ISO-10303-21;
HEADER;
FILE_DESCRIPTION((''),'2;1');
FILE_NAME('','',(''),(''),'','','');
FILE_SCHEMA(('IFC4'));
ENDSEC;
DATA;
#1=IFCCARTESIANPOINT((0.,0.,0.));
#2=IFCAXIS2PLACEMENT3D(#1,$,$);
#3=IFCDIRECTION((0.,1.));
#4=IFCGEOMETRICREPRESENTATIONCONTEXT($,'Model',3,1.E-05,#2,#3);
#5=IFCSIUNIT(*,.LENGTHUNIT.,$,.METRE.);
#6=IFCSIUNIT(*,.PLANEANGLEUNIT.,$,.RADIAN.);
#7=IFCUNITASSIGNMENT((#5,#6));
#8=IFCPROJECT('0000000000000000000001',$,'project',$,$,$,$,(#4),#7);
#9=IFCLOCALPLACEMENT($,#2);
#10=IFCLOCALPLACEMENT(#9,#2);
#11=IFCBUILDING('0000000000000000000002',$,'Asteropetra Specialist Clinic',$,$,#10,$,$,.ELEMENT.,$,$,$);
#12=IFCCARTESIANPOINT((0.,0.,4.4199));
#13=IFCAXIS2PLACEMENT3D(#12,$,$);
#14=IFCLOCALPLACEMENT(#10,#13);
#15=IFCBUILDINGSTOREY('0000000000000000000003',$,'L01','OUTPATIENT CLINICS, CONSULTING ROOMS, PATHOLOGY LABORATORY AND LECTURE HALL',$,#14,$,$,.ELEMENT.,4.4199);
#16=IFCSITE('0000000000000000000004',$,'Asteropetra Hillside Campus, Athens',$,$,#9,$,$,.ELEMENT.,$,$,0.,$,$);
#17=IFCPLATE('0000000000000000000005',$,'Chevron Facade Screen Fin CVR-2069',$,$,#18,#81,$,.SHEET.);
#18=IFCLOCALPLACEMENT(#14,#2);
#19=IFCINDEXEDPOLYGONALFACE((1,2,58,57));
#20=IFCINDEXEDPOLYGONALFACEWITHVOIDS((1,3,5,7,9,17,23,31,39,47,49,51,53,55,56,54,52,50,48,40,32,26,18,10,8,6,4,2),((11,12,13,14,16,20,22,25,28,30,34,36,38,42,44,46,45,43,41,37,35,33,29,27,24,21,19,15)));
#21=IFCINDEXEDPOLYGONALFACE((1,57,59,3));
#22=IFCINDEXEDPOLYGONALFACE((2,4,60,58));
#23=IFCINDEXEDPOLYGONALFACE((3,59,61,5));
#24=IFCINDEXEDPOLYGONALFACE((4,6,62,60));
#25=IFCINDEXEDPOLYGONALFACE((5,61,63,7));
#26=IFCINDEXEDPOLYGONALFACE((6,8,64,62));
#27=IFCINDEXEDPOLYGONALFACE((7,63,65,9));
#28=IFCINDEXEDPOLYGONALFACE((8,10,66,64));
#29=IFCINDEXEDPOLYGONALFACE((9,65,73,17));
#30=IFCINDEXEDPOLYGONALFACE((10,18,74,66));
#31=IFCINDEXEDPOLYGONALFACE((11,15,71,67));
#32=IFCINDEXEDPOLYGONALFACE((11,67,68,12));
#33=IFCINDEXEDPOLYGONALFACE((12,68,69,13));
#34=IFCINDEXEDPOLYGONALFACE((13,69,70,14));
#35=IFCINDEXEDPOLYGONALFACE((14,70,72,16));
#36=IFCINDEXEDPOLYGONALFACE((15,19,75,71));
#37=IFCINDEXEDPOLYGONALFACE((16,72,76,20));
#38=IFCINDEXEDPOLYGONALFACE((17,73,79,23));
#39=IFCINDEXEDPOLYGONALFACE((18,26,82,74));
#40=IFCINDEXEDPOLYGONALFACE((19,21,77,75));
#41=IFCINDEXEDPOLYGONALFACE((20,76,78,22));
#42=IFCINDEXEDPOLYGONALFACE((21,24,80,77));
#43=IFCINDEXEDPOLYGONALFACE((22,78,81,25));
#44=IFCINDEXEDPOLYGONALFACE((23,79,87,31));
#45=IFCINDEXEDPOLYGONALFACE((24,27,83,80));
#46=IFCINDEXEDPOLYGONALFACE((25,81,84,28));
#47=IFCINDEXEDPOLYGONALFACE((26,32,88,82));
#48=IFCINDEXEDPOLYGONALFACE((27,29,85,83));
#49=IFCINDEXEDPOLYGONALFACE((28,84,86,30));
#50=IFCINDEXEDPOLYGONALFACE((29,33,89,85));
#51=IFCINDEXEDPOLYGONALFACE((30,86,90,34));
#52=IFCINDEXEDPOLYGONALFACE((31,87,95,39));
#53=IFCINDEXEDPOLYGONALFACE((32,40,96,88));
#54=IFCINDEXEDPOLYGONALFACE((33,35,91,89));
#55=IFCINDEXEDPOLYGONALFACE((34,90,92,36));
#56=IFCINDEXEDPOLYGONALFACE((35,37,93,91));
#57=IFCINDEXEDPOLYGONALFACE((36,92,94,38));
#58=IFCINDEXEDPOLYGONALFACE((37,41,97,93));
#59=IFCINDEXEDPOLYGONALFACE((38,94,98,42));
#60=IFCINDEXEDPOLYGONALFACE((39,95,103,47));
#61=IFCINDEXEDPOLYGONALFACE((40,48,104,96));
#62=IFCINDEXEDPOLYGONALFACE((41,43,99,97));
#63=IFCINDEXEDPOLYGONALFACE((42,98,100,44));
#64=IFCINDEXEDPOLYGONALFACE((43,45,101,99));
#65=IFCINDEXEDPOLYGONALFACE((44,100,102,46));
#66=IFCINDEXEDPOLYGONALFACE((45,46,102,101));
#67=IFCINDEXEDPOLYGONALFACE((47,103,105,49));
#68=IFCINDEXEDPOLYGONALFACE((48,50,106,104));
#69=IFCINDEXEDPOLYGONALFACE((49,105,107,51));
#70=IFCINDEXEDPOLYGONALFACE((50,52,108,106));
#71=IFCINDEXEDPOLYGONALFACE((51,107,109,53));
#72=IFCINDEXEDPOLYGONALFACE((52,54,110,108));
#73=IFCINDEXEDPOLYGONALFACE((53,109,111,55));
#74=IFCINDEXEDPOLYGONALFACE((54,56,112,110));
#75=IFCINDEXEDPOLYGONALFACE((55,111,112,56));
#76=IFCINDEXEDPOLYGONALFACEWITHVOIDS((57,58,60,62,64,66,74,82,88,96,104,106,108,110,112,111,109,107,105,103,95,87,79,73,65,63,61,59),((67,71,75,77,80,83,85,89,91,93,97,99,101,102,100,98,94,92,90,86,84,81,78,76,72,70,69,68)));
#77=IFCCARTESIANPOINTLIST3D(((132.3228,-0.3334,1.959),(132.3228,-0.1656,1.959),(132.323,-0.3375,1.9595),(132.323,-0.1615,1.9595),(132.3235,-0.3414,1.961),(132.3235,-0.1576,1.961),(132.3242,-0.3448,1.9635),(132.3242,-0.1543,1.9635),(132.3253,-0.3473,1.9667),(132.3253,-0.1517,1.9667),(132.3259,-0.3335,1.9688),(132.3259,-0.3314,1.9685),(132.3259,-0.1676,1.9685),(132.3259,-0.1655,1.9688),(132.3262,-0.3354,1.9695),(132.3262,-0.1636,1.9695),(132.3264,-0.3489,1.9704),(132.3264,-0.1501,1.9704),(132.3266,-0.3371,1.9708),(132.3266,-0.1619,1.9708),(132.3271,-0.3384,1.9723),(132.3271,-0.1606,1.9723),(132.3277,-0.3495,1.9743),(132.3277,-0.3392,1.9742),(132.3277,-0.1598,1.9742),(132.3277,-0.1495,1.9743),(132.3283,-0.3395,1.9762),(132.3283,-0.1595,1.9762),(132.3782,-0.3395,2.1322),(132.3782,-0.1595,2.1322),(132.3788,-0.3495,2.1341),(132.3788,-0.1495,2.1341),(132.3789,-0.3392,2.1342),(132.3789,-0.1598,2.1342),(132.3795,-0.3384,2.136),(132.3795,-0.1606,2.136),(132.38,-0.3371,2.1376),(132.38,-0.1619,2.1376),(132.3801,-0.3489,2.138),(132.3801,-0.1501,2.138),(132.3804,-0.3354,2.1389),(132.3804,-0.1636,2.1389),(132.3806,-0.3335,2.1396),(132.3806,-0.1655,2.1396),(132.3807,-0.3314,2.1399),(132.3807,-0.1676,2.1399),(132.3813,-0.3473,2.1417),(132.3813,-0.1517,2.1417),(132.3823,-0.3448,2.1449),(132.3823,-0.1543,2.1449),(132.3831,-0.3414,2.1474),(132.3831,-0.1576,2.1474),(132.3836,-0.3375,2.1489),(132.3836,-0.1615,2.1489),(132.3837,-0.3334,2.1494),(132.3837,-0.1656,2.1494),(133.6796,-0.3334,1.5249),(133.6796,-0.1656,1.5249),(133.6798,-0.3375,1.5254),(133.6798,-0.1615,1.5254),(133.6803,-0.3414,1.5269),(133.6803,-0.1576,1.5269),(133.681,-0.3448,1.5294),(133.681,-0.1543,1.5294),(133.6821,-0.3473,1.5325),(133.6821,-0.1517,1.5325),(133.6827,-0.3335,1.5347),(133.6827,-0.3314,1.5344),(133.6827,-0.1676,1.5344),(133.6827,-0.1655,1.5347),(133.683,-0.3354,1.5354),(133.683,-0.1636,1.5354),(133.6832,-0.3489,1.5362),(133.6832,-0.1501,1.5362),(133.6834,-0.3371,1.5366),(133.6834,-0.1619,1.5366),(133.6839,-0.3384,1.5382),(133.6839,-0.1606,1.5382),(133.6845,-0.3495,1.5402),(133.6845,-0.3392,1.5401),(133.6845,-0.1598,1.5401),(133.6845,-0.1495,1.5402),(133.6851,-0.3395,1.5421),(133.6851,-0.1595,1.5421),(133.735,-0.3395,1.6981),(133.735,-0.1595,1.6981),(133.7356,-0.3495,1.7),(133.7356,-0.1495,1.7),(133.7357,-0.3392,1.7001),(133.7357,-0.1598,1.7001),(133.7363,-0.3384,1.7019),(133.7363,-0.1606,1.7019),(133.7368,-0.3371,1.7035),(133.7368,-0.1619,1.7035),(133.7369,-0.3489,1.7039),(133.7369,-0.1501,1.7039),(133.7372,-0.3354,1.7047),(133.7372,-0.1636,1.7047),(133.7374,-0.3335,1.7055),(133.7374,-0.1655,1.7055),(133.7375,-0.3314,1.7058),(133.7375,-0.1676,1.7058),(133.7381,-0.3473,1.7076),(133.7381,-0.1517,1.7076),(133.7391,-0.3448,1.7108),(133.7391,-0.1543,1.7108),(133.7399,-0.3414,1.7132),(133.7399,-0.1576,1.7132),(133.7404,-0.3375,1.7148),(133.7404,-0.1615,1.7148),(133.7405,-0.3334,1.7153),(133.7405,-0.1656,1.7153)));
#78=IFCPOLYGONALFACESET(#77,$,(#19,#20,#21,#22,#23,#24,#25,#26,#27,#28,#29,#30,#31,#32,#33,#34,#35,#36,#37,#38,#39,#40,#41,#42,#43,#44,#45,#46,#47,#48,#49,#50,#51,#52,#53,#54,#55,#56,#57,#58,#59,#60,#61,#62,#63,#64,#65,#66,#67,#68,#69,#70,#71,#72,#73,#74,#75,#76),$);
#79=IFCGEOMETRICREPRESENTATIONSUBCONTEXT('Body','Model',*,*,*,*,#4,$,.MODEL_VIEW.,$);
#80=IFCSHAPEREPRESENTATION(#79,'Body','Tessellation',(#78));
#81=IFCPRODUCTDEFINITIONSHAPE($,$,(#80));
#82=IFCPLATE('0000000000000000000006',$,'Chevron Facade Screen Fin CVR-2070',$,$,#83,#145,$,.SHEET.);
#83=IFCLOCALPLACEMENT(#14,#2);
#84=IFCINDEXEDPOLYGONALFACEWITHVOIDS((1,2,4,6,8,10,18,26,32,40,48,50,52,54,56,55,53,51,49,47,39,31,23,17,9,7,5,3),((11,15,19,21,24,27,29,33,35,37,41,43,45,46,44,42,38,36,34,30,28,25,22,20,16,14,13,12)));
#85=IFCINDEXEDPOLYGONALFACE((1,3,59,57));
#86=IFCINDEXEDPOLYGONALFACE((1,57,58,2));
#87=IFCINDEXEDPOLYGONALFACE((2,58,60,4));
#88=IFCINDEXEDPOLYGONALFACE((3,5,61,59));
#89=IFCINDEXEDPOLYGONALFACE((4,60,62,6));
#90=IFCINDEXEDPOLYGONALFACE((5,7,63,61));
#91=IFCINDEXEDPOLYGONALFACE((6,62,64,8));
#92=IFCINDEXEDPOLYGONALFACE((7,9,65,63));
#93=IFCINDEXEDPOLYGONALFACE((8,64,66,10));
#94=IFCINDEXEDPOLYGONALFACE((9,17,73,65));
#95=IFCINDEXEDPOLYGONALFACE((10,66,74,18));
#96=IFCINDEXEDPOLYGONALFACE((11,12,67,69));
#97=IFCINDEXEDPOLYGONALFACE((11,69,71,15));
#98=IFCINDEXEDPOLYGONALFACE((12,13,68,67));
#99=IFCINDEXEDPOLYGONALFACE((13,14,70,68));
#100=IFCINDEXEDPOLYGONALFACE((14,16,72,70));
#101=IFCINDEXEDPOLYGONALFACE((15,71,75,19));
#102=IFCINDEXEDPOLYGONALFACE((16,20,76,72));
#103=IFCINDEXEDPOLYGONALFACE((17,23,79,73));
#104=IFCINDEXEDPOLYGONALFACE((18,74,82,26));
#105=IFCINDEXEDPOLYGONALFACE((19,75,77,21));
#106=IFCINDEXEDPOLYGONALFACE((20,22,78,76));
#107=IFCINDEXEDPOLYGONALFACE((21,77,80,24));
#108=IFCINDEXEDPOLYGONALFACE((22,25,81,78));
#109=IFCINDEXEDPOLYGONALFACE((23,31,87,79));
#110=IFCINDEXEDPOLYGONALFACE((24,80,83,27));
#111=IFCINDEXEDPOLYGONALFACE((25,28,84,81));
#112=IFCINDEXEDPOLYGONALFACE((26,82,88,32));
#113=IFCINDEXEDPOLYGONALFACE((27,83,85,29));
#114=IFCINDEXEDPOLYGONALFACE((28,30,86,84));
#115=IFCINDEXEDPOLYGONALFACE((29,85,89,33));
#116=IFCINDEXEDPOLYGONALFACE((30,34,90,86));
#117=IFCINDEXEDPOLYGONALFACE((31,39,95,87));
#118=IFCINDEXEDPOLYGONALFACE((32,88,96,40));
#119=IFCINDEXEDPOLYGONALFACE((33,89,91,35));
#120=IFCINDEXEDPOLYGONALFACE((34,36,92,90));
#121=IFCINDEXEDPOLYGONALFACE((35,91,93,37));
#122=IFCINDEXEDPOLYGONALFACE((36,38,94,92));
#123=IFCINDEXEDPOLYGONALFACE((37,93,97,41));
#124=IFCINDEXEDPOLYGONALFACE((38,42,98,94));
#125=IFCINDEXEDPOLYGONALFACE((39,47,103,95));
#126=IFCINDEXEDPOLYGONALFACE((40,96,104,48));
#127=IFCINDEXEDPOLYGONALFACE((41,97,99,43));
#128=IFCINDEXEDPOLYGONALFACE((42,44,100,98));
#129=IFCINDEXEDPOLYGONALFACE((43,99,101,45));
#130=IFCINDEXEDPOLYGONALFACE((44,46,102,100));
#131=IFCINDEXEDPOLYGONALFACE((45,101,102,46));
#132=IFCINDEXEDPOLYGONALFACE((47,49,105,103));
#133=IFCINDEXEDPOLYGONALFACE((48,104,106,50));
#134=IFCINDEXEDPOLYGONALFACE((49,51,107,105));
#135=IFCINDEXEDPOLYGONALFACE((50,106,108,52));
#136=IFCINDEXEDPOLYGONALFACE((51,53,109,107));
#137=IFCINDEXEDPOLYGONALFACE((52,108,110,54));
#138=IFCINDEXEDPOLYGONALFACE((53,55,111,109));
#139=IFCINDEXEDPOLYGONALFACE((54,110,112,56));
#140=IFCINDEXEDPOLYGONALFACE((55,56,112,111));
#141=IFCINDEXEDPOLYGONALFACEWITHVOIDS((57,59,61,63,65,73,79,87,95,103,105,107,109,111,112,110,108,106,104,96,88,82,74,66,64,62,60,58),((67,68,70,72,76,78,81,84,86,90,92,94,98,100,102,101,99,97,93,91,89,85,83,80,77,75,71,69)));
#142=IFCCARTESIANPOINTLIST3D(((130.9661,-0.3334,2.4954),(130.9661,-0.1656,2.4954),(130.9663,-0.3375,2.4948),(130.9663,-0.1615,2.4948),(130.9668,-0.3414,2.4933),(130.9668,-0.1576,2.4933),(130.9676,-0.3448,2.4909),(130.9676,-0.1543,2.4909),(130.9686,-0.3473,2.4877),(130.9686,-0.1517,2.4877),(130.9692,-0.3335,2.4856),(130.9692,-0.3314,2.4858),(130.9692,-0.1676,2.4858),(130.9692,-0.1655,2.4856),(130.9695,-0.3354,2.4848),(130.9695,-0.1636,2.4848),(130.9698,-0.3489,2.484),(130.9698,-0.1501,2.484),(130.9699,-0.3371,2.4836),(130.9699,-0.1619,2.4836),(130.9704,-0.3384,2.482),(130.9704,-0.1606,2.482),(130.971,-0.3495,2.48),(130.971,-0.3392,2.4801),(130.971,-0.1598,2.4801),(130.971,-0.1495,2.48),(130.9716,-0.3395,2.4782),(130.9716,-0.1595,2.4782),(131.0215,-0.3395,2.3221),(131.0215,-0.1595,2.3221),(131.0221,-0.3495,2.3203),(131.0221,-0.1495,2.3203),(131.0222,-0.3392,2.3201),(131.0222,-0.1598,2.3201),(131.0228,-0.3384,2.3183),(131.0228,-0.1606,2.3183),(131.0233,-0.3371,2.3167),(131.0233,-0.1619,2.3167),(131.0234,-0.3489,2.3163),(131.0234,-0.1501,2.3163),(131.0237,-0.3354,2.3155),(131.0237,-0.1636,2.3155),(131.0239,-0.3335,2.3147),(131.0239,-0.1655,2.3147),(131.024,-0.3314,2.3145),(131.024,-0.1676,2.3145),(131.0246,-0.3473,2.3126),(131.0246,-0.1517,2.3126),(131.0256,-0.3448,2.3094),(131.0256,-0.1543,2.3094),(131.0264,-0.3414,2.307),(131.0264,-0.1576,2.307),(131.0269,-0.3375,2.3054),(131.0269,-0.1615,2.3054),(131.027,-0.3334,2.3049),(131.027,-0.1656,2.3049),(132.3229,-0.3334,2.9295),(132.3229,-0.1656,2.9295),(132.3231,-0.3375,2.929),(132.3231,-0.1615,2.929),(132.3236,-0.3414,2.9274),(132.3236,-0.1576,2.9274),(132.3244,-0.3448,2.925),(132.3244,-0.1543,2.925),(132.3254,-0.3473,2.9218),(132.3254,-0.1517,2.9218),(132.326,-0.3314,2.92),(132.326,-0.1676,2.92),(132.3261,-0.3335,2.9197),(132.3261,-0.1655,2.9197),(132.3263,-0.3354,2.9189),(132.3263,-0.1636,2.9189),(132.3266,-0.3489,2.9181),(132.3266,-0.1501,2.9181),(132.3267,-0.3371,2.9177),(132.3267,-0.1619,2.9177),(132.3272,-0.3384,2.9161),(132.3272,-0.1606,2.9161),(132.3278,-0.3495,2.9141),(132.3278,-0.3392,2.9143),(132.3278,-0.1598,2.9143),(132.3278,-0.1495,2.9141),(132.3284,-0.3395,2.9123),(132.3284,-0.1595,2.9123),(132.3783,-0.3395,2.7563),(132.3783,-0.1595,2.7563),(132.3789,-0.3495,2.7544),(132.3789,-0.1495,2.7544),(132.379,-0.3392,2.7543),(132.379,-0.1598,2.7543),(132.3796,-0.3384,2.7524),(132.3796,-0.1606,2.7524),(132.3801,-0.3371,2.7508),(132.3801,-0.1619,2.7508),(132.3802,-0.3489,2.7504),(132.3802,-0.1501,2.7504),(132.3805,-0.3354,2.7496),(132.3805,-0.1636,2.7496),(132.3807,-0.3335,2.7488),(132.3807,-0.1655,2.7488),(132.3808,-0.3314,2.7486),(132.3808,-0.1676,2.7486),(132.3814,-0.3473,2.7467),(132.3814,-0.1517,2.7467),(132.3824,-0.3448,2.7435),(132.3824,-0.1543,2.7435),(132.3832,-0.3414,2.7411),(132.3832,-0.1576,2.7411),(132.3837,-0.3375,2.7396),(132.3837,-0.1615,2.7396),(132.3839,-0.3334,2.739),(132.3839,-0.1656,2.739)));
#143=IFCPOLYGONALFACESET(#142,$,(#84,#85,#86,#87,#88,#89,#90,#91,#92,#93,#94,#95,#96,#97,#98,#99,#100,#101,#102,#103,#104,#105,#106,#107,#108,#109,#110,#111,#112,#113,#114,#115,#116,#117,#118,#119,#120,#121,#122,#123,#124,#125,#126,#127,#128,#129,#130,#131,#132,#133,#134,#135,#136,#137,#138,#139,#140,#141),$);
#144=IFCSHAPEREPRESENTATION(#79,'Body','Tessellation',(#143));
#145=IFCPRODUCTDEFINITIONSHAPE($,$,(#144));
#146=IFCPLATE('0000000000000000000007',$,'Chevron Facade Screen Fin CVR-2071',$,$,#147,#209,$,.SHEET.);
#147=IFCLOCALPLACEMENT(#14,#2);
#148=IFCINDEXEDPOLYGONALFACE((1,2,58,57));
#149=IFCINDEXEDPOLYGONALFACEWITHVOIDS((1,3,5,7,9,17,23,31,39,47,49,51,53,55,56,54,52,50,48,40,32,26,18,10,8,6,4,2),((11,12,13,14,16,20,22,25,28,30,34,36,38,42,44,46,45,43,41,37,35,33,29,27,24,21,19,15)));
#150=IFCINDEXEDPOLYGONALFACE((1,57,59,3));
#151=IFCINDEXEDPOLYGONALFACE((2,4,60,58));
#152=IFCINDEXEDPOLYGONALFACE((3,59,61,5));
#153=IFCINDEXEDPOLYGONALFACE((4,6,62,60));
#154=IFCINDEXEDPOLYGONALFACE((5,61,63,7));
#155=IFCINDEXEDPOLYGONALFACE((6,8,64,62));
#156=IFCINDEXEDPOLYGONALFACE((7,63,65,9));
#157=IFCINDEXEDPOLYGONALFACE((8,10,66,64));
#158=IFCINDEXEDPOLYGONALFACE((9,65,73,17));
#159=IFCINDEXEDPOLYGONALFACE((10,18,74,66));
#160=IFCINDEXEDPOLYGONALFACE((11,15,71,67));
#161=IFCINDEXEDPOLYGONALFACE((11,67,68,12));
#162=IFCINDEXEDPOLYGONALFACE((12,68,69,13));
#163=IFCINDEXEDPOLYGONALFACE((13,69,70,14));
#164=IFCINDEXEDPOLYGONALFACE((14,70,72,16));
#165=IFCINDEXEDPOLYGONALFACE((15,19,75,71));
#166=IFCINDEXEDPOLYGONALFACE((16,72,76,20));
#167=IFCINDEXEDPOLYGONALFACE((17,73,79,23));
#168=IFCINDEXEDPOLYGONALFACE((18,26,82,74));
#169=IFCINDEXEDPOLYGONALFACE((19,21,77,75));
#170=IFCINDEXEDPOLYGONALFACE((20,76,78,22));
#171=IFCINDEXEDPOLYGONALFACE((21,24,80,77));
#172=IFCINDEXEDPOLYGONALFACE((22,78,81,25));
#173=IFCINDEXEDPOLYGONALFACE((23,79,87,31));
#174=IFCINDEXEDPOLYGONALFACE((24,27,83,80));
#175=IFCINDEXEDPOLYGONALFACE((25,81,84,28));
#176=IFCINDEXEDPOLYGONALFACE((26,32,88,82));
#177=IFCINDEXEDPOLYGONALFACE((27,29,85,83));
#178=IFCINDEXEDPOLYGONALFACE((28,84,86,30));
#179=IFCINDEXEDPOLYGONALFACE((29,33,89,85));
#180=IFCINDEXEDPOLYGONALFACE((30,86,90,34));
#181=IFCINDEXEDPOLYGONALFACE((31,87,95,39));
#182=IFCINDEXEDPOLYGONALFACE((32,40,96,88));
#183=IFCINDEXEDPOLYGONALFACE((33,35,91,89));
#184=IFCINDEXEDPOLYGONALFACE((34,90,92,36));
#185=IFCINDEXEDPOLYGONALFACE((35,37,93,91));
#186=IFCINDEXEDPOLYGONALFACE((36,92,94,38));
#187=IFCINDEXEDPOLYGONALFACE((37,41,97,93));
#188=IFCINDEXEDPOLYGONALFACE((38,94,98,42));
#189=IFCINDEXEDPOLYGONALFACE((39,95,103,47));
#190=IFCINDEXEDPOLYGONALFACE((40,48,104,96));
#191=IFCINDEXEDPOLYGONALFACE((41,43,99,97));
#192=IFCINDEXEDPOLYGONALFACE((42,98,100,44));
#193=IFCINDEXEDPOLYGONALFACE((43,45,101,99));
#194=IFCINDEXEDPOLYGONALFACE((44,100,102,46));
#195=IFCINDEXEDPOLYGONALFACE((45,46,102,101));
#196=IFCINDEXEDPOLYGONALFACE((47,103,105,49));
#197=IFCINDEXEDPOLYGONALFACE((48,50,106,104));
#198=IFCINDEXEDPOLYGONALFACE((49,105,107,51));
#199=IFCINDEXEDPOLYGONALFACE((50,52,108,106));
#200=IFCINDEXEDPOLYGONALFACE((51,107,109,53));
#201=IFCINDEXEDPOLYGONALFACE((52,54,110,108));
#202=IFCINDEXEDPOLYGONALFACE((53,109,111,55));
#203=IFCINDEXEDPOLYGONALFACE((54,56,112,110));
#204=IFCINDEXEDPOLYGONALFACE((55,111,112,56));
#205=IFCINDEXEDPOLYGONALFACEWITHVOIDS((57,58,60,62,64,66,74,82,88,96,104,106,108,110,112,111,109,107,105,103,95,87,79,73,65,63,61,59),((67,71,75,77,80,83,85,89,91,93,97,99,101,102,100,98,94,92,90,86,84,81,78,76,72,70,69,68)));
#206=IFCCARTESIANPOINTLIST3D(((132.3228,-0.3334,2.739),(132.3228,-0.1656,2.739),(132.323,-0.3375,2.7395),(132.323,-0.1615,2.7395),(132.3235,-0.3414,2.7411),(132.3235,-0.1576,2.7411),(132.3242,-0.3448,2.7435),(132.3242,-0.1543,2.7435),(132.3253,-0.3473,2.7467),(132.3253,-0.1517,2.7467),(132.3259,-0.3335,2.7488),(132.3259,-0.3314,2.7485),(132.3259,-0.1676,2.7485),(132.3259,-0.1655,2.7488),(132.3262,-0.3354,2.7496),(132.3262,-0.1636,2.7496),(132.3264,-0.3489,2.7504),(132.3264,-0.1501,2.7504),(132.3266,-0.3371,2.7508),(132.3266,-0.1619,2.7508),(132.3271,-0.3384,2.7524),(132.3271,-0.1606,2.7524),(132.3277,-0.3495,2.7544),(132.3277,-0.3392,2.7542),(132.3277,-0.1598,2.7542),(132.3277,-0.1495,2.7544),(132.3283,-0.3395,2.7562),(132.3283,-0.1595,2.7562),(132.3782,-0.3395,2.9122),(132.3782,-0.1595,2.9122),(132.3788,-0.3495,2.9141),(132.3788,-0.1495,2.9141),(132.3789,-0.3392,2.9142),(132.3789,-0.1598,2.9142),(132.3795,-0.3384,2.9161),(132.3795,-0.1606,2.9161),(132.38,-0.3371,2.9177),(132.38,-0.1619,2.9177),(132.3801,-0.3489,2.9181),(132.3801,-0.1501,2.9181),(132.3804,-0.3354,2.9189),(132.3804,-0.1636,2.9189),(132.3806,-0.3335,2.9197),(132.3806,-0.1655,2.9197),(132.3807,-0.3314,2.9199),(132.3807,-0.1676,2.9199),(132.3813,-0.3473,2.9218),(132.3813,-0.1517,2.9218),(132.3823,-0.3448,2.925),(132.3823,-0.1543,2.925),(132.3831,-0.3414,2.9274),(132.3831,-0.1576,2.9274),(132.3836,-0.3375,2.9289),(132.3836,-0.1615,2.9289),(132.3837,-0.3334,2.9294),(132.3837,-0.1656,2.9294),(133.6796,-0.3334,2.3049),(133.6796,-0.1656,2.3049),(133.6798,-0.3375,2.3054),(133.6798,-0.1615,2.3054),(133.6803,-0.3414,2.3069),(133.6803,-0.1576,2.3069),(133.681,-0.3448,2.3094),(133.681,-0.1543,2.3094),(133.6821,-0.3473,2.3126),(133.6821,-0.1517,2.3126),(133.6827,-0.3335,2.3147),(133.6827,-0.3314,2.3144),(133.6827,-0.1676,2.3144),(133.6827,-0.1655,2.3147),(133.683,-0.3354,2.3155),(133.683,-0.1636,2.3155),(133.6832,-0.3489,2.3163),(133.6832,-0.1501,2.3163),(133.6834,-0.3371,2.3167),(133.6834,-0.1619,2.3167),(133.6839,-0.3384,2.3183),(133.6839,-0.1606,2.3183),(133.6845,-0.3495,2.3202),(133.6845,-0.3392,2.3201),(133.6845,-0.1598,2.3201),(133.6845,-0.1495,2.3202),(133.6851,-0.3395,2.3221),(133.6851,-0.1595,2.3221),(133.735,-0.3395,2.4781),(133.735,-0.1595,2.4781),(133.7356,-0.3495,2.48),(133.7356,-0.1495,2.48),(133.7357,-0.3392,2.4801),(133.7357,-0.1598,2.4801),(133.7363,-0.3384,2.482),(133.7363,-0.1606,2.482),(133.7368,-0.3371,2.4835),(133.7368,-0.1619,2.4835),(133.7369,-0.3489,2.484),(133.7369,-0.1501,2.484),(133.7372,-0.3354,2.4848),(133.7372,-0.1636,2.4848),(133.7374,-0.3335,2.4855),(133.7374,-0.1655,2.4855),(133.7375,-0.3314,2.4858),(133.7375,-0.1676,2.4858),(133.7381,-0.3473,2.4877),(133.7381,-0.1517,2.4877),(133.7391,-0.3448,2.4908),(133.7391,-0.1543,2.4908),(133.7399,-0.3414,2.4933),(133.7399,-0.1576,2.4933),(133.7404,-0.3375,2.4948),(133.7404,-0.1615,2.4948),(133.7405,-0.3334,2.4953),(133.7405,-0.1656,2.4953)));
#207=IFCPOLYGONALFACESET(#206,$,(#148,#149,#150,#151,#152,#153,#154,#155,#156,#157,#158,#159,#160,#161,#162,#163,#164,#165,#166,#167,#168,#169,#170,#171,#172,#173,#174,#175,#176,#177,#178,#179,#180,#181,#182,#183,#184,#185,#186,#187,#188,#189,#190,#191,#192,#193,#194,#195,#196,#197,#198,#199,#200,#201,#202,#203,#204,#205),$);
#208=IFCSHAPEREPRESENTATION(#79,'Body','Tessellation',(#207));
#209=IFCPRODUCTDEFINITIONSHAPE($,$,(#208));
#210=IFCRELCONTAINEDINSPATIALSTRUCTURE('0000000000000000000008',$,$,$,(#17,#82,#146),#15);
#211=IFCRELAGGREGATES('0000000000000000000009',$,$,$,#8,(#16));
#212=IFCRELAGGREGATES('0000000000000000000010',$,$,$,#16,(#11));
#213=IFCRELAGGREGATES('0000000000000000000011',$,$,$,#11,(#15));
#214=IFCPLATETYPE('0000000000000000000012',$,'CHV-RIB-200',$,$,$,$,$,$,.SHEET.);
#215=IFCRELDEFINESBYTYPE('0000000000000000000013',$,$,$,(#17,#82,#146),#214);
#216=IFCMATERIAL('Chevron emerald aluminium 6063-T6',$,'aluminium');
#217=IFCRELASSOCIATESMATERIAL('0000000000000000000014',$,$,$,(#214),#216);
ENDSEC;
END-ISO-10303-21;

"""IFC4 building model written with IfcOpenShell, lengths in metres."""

from ifc_helpers import new_model, si_unit, direction, frame, origin, origin_2d, place, context, subcontext, project, spatial, hollow_rectangle, extrude, material, material_profile, profile_set, type_object, element, save


model = new_model("IFC4")

# Units and contexts
model_context = context("Model", 3, precision=1e-05, world=origin(), true_north=direction((0.0, 1.0)))
body_context = subcontext(model_context, "Body", "Model", "MODEL_VIEW")
ifc_project = project(units=[si_unit("LENGTHUNIT", "METRE"), si_unit("PLANEANGLEUNIT", "RADIAN")], contexts=[model_context])

# Site, building, storey
site_placement = place(None, origin())
site = spatial("IfcSite", under=ifc_project, at=site_placement, Name="Asteropetra Hillside Campus, Athens", CompositionType="ELEMENT", RefElevation=0.0)
building_placement = place(site_placement, origin())
building = spatial("IfcBuilding", under=site, at=building_placement, Name="Asteropetra Specialist Clinic", CompositionType="ELEMENT")
storey_placement = place(building_placement, frame((0.0, 0.0, 4.4199)))
storey = spatial("IfcBuildingStorey", under=building, at=storey_placement, Name="L01", Description="OUTPATIENT CLINICS, CONSULTING ROOMS, PATHOLOGY LABORATORY AND LECTURE HALL", CompositionType="ELEMENT", Elevation=4.4199)

# Plates
ifc_material_1 = material(Name="Chevron emerald aluminium 6063-T6", Category="aluminium")
ifc_material_profile_1 = material_profile(ifc_material_1, hollow_rectangle(XDim=0.2, YDim=0.2, WallThickness=0.01, InnerFilletRadius=0.0081, OuterFilletRadius=0.0161, at=origin_2d()), Name="SHS 200x200x10.0")
ifc_profile_set_1 = profile_set([ifc_material_profile_1], Name="Chevron emerald aluminium 6063-T6")
plate_type = type_object("IfcPlateType", Name="CHV-RIB-200", PredefinedType="SHEET", material=ifc_profile_set_1)
for number, where, z_axis, x_axis, name in (
    (1, (132.3533, -0.2495, 2.0542), (0.952436, 0.0, -0.304738), (0.0, 1.0, 0.0), "Chevron Facade Screen Fin CVR-2069"),
    (2, (130.9966, -0.2495, 2.4001), (0.952436, 0.0, 0.304738), (0.0, 1.0, 0.0), "Chevron Facade Screen Fin CVR-2070"),
    (3, (132.3533, -0.2495, 2.8342), (0.952436, 0.0, -0.304738), (0.0, 1.0, 0.0), "Chevron Facade Screen Fin CVR-2071"),
):
    element("IfcPlate", number, at=place(storey_placement, frame(where, z_axis=z_axis, x_axis=x_axis)), inside=storey, type_object=plate_type, Name=name, PredefinedType="SHEET", context=body_context, shape_type="SweptSolid", body=[
        extrude(hollow_rectangle(XDim=0.2, YDim=0.2, WallThickness=0.01, InnerFilletRadius=0.0081, OuterFilletRadius=0.0161, at=origin_2d()), origin(), (0.0, 0.0, 1.0), 1.4246),
    ])

save(model, "model.ifc")
